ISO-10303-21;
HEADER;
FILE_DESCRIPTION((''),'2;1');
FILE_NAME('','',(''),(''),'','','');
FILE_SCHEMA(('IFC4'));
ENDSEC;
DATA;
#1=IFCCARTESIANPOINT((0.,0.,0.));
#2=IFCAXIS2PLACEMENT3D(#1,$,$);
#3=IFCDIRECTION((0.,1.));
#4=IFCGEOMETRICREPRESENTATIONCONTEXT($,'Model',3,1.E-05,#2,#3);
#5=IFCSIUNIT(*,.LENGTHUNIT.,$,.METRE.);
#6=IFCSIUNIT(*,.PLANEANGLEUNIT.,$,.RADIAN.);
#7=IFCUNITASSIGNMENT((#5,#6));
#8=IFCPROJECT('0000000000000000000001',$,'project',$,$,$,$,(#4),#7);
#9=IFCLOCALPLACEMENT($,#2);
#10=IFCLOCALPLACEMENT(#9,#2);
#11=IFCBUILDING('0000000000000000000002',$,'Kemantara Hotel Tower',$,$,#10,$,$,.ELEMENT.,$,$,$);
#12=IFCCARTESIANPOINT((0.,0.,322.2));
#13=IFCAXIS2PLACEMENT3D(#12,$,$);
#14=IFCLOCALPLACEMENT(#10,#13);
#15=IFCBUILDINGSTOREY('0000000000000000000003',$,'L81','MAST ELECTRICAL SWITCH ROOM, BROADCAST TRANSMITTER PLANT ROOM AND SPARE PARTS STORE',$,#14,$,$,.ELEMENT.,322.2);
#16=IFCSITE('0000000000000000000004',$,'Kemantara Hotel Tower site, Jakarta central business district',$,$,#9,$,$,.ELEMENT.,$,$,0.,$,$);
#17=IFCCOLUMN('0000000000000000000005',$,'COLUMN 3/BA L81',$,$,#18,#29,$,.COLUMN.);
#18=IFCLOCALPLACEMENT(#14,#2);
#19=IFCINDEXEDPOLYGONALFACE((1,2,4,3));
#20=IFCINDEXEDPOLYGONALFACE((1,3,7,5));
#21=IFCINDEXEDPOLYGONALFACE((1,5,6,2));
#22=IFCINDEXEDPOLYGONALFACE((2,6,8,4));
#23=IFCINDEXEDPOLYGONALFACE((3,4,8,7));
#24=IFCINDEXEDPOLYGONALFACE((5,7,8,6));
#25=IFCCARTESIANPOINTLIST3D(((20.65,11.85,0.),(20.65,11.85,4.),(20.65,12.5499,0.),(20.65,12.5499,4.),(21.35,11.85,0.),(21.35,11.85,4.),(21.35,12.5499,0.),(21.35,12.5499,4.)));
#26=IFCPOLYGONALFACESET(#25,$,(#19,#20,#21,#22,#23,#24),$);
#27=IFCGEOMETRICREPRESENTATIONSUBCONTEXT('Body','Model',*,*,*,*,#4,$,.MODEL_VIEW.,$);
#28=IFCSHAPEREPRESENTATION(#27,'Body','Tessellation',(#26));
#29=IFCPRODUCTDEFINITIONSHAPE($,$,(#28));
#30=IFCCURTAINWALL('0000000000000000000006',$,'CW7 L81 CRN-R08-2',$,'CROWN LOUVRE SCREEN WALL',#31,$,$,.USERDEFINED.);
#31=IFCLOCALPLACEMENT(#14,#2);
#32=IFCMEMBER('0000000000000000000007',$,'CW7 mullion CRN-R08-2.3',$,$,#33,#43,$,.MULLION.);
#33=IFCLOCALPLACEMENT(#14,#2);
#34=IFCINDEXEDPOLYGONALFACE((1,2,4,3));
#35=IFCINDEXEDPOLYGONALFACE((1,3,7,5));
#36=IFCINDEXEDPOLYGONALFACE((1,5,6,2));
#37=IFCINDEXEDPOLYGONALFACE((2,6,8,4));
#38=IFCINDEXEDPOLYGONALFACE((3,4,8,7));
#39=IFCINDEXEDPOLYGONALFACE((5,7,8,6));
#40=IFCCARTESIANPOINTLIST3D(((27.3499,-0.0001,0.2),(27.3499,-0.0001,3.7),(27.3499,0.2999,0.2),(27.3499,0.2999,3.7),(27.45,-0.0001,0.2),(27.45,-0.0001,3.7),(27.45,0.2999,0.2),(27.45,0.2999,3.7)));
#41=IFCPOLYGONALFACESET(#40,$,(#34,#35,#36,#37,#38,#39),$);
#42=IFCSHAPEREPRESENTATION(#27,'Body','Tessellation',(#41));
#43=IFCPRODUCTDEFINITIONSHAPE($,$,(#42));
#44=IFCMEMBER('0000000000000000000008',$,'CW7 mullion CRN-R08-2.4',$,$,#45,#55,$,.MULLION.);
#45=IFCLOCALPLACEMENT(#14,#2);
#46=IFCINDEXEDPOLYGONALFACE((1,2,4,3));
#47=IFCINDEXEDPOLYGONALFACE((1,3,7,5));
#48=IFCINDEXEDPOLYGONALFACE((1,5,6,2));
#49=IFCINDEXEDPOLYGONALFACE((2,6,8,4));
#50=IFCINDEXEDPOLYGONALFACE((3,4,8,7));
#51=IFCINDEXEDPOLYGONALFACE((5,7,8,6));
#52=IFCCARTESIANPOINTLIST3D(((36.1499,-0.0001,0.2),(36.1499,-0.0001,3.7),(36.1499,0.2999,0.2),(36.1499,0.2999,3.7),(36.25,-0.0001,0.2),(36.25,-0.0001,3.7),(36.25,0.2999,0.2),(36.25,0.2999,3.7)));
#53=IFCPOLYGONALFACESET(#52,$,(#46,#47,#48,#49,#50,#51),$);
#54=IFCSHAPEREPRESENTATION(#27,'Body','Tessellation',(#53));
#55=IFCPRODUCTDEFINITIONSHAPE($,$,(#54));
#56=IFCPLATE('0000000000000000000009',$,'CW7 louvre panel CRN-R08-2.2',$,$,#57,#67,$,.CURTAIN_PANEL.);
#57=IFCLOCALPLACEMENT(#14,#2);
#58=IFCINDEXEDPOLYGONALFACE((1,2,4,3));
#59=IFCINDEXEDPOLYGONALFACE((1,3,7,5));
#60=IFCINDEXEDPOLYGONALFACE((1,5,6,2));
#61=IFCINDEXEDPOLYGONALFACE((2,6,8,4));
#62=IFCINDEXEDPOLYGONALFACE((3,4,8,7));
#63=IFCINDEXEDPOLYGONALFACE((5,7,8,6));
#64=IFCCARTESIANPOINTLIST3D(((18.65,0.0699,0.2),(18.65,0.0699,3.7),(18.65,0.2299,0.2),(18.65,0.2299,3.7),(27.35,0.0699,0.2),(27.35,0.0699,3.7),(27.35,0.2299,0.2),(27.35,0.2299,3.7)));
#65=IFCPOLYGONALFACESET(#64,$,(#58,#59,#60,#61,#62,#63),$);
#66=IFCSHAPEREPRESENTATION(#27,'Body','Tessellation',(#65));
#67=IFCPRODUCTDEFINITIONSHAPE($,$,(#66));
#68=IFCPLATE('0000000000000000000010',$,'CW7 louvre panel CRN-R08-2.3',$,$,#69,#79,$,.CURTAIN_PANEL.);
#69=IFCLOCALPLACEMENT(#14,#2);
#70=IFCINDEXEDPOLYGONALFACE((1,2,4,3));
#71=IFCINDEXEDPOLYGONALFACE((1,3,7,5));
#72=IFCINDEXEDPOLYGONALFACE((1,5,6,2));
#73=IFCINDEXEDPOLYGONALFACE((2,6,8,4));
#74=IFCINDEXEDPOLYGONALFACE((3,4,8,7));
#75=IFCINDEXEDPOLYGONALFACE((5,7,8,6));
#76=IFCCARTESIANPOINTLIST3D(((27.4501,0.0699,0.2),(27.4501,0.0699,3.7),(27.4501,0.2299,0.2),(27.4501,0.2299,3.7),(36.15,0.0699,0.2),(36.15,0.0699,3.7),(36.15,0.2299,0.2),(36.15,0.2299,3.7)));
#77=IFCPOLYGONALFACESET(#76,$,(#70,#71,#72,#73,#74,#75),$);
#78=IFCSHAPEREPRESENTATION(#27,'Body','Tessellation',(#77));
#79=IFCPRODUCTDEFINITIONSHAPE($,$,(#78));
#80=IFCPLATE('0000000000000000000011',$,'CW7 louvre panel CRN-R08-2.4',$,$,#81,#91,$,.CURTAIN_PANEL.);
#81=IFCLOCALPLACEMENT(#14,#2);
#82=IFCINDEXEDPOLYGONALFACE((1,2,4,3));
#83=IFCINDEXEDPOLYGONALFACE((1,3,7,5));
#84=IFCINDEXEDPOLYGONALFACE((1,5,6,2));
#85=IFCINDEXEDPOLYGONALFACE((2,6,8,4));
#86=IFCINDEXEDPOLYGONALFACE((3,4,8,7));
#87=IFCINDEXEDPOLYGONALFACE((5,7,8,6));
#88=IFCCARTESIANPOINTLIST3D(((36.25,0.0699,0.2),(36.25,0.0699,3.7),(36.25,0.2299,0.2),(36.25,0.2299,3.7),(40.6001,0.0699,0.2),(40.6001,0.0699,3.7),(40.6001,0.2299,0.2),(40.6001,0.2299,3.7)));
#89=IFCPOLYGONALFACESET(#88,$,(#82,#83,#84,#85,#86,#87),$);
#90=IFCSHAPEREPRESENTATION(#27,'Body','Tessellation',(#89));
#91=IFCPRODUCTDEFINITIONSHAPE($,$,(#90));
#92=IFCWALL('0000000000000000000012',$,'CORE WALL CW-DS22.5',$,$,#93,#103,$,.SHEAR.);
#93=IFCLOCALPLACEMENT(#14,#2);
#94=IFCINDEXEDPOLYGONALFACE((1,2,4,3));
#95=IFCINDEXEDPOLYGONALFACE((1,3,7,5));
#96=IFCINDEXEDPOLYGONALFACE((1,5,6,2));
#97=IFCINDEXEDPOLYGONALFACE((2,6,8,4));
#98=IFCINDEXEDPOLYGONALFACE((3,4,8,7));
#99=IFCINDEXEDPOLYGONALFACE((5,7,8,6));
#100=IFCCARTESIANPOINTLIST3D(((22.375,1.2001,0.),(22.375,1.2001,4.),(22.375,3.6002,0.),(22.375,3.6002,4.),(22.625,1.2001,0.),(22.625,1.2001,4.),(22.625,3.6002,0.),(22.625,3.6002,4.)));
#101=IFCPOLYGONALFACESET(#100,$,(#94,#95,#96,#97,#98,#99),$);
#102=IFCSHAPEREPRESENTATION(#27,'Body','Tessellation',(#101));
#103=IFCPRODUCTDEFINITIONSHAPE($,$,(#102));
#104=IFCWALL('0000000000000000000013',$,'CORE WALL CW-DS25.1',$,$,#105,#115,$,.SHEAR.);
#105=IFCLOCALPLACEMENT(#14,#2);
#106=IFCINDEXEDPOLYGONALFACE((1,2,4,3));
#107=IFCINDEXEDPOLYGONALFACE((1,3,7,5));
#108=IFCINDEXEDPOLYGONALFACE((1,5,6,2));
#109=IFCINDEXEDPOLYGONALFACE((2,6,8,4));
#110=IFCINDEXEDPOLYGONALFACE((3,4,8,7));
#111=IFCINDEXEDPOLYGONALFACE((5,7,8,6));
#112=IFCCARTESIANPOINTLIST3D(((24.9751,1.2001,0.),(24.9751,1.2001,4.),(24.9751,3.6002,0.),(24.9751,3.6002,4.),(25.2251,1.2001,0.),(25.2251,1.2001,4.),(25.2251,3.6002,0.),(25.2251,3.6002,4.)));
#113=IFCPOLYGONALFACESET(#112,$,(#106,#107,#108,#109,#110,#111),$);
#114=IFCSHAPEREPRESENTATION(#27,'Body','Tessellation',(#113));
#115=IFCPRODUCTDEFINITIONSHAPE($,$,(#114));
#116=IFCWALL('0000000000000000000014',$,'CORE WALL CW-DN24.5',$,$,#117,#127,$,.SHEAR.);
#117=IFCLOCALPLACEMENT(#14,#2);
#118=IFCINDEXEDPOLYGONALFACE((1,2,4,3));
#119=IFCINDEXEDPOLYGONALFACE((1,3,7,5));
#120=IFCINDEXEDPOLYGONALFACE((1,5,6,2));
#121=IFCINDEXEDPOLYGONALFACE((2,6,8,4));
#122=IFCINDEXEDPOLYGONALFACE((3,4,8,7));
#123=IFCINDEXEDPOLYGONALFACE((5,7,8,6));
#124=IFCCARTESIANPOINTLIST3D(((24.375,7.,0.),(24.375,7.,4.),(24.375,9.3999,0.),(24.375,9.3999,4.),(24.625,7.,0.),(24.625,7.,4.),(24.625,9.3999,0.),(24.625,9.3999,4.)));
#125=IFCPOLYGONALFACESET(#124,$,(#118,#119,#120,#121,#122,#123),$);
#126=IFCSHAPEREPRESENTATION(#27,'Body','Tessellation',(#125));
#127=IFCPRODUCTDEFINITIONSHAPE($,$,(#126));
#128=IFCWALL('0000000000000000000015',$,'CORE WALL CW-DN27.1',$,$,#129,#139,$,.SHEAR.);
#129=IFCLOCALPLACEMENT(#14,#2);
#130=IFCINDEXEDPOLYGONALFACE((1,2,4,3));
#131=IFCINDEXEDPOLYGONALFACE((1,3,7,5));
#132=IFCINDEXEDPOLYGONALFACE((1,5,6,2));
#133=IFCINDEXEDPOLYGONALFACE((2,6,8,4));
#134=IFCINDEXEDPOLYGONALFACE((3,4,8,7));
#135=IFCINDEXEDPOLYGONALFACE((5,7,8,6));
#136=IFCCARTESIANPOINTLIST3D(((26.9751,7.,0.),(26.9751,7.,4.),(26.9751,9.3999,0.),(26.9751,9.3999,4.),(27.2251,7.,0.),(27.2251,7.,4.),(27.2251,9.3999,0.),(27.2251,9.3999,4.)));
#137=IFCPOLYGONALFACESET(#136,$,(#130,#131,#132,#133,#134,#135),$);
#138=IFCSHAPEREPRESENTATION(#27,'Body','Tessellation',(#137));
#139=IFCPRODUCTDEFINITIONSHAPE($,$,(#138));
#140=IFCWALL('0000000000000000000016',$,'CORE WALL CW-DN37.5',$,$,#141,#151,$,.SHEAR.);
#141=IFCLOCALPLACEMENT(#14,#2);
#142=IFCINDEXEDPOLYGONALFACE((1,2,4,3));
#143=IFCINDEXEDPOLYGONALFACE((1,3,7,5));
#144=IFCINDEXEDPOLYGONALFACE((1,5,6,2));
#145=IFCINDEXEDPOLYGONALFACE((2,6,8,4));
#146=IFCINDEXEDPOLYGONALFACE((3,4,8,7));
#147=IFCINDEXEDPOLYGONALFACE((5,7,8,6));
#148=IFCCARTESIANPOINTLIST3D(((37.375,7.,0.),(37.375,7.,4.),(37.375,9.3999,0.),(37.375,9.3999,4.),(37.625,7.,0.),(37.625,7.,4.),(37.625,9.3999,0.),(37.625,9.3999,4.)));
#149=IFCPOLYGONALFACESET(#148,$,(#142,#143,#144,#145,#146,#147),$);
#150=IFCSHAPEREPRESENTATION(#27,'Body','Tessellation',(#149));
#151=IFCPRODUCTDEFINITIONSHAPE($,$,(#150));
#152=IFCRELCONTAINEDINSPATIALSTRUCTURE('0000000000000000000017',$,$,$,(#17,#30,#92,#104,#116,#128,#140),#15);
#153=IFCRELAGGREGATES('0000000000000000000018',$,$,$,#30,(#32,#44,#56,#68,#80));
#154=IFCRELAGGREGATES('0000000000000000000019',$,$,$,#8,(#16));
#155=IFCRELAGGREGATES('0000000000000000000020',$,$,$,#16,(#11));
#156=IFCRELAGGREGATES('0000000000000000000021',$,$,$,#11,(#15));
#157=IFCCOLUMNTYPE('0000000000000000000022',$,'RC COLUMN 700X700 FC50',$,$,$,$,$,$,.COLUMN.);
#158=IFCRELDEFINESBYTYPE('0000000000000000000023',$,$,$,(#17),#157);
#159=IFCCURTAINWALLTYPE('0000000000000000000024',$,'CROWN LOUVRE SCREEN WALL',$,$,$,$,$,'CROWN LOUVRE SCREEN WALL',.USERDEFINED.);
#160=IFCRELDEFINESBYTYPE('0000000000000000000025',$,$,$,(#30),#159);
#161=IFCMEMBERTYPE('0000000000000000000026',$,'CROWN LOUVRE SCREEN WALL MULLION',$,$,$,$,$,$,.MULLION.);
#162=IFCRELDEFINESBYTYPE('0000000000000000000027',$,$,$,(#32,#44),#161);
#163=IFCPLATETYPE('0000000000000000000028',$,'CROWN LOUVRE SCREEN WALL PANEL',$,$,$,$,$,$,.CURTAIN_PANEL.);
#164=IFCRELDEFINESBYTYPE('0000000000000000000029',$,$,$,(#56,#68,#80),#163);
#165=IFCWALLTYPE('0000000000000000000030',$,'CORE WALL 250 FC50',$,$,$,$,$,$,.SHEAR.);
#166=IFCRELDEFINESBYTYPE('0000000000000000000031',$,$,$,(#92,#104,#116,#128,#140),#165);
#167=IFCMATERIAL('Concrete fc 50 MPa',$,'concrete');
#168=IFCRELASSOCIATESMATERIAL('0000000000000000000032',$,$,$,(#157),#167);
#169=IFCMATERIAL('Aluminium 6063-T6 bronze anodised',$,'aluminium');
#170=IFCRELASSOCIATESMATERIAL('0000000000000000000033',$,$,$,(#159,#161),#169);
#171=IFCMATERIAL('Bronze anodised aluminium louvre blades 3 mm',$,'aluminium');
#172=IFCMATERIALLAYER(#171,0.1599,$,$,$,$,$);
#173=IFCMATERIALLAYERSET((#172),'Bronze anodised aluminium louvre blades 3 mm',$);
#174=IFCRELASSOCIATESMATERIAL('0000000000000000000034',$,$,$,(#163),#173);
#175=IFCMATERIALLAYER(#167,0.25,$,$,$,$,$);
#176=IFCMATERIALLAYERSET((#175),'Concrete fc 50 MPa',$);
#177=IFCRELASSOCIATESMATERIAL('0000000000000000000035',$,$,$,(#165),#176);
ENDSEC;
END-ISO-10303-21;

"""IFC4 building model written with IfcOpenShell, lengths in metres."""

from ifc_helpers import new_model, si_unit, direction, frame, frame_2d, origin, origin_2d, place, context, subcontext, project, spatial, rectangle, extrude, source, transform, mapped, material, layer, layer_set, material_profile, profile_set, type_object, element, aggregate, save


model = new_model("IFC4")

# Units and contexts
model_context = context("Model", 3, precision=1e-05, world=origin(), true_north=direction((0.0, 1.0)))
body_context = subcontext(model_context, "Body", "Model", "MODEL_VIEW")
ifc_project = project(units=[si_unit("LENGTHUNIT", "METRE"), si_unit("PLANEANGLEUNIT", "RADIAN")], contexts=[model_context])

# Site, building, storey
site_placement = place(None, origin())
site = spatial("IfcSite", under=ifc_project, at=site_placement, Name="Kemantara Hotel Tower site, Jakarta central business district", CompositionType="ELEMENT", RefElevation=0.0)
building_placement = place(site_placement, origin())
building = spatial("IfcBuilding", under=site, at=building_placement, Name="Kemantara Hotel Tower", CompositionType="ELEMENT")
storey_placement = place(building_placement, frame((0.0, 0.0, 322.2)))
storey = spatial("IfcBuildingStorey", under=building, at=storey_placement, Name="L81", Description="MAST ELECTRICAL SWITCH ROOM, BROADCAST TRANSMITTER PLANT ROOM AND SPARE PARTS STORE", CompositionType="ELEMENT", Elevation=322.2)

# Column
ifc_material_1 = material(Name="Concrete fc 50 MPa", Category="concrete")
ifc_material_profile_1 = material_profile(ifc_material_1, rectangle(XDim=0.7, YDim=0.7, at=origin_2d()), Name="RC 700X700")
ifc_profile_set_1 = profile_set([ifc_material_profile_1], Name="Concrete fc 50 MPa")
column_type = type_object("IfcColumnType", Name="RC COLUMN 700X700 FC50", PredefinedType="COLUMN", material=ifc_profile_set_1)
column_placement = place(storey_placement, frame((21.0, 12.2, 0.0), z_axis=(0.0, 0.0, 1.0), x_axis=(1.0, 0.0, 0.0)))
element("IfcColumn", 1, at=column_placement, inside=storey, type_object=column_type, Name="COLUMN 3/BA L81", PredefinedType="COLUMN", context=body_context, shape_type="SweptSolid", body=[
    extrude(rectangle(XDim=0.7, YDim=0.7, at=origin_2d()), origin(), (0.0, 0.0, 1.0), 4.0),
])

# Curtain wall, members, plates
ifc_material_2 = material(Name="Aluminium 6063-T6 bronze anodised", Category="aluminium")
curtain_wall_type = type_object("IfcCurtainWallType", Name="CROWN LOUVRE SCREEN WALL", ElementType="CROWN LOUVRE SCREEN WALL", PredefinedType="USERDEFINED", material=ifc_material_2)
curtain_wall_placement = place(storey_placement, origin())
curtain_wall = element("IfcCurtainWall", 2, at=curtain_wall_placement, inside=storey, type_object=curtain_wall_type, Name="CW7 L81 CRN-R08-2", ObjectType="CROWN LOUVRE SCREEN WALL", PredefinedType="USERDEFINED")
ifc_material_profile_2 = material_profile(ifc_material_2, rectangle(XDim=0.3, YDim=0.1001, at=origin_2d()), Name="CROWN LOUVRE SCREEN WALL MULLION")
ifc_profile_set_2 = profile_set([ifc_material_profile_2], Name="Aluminium 6063-T6 bronze anodised")
member_type = type_object("IfcMemberType", Name="CROWN LOUVRE SCREEN WALL MULLION", PredefinedType="MULLION", material=ifc_profile_set_2)
shared_shape_1 = source(origin(), body_context, "Body", "SweptSolid", [
    extrude(rectangle(XDim=0.3, YDim=0.1001, at=origin_2d()), origin(), (0.0, 0.0, 1.0), 3.5),
])
member_1_placement = place(storey_placement, frame((27.3999, 0.1499, 0.2), z_axis=(0.0, 0.0, 1.0), x_axis=(0.0, 1.0, 0.0)))
member_1 = element("IfcMember", 3, at=member_1_placement, type_object=member_type, Name="CW7 mullion CRN-R08-2.3", PredefinedType="MULLION", context=body_context, shape_type="MappedRepresentation", body=[
    mapped(shared_shape_1, transform((0.0, 0.0, 0.0))),
])
member_2_placement = place(storey_placement, frame((36.2, 0.1499, 0.2), z_axis=(0.0, 0.0, 1.0), x_axis=(0.0, 1.0, 0.0)))
member_2 = element("IfcMember", 4, at=member_2_placement, type_object=member_type, Name="CW7 mullion CRN-R08-2.4", PredefinedType="MULLION", context=body_context, shape_type="MappedRepresentation", body=[
    mapped(shared_shape_1, transform((0.0, 0.0, 0.0))),
])
ifc_material_3 = material(Name="Bronze anodised aluminium louvre blades 3 mm", Category="aluminium")
ifc_layer_1 = layer(ifc_material_3, 0.1599)
ifc_layer_set_1 = layer_set([ifc_layer_1], Name="Bronze anodised aluminium louvre blades 3 mm")
plate_type = type_object("IfcPlateType", Name="CROWN LOUVRE SCREEN WALL PANEL", PredefinedType="CURTAIN_PANEL", material=ifc_layer_set_1)
shared_shape_2 = source(origin(), body_context, "Body", "SweptSolid", [
    extrude(rectangle(XDim=8.7, YDim=0.1599, at=origin_2d()), origin(), (0.0, 0.0, 1.0), 3.5),
])
plate_1_placement = place(storey_placement, frame((23.0, 0.1499, 0.2), z_axis=(0.0, 0.0, 1.0), x_axis=(1.0, 0.0, 0.0)))
plate_1 = element("IfcPlate", 5, at=plate_1_placement, type_object=plate_type, Name="CW7 louvre panel CRN-R08-2.2", PredefinedType="CURTAIN_PANEL", context=body_context, shape_type="MappedRepresentation", body=[
    mapped(shared_shape_2, transform((0.0, 0.0, 0.0))),
])
plate_2_placement = place(storey_placement, frame((31.8, 0.1499, 0.2), z_axis=(0.0, 0.0, 1.0), x_axis=(1.0, 0.0, 0.0)))
plate_2 = element("IfcPlate", 6, at=plate_2_placement, type_object=plate_type, Name="CW7 louvre panel CRN-R08-2.3", PredefinedType="CURTAIN_PANEL", context=body_context, shape_type="MappedRepresentation", body=[
    mapped(shared_shape_2, transform((0.0, 0.0, 0.0))),
])
shared_shape_3 = source(origin(), body_context, "Body", "SweptSolid", [
    extrude(rectangle(XDim=4.3501, YDim=0.1599, at=origin_2d()), origin(), (0.0, 0.0, 1.0), 3.5),
])
plate_3_placement = place(storey_placement, frame((38.425, 0.1499, 0.2), z_axis=(0.0, 0.0, 1.0), x_axis=(1.0, 0.0, 0.0)))
plate_3 = element("IfcPlate", 7, at=plate_3_placement, type_object=plate_type, Name="CW7 louvre panel CRN-R08-2.4", PredefinedType="CURTAIN_PANEL", context=body_context, shape_type="MappedRepresentation", body=[
    mapped(shared_shape_3, transform((0.0, 0.0, 0.0))),
])
aggregate(curtain_wall, [member_1, member_2, plate_1, plate_2, plate_3])

# Walls
ifc_layer_2 = layer(ifc_material_1, 0.25)
ifc_layer_set_2 = layer_set([ifc_layer_2], Name="Concrete fc 50 MPa")
wall_type_1 = type_object("IfcWallType", Name="CORE WALL 250 FC50", PredefinedType="SHEAR", material=ifc_layer_set_2)
for number, where, z_axis, x_axis, name in (
    (8, (22.5, 1.2, 0.0), (0.0, 0.0, 1.0), (0.0, 1.0, 0.0), "CORE WALL CW-DS22.5"),
    (9, (25.1001, 1.2, 0.0), (0.0, 0.0, 1.0), (0.0, 1.0, 0.0), "CORE WALL CW-DS25.1"),
):
    element("IfcWall", number, at=place(storey_placement, frame(where, z_axis=z_axis, x_axis=x_axis)), inside=storey, type_object=wall_type_1, Name=name, PredefinedType="SHEAR", context=body_context, shape_type="SweptSolid", body=[
        extrude(rectangle(XDim=2.4001, YDim=0.25, at=frame_2d((1.2002, 0.0))), origin(), (0.0, 0.0, 1.0), 4.0),
    ])
for number, where, z_axis, x_axis, name in (
    (10, (24.5, 7.0, 0.0), (0.0, 0.0, 1.0), (0.0, 1.0, 0.0), "CORE WALL CW-DN24.5"),
    (11, (27.1001, 7.0, 0.0), (0.0, 0.0, 1.0), (0.0, 1.0, 0.0), "CORE WALL CW-DN27.1"),
    (12, (37.5, 7.0, 0.0), (0.0, 0.0, 1.0), (0.0, 1.0, 0.0), "CORE WALL CW-DN37.5"),
):
    element("IfcWall", number, at=place(storey_placement, frame(where, z_axis=z_axis, x_axis=x_axis)), inside=storey, type_object=wall_type_1, Name=name, PredefinedType="SHEAR", context=body_context, shape_type="SweptSolid", body=[
        extrude(rectangle(XDim=2.3999, YDim=0.25, at=frame_2d((1.2, 0.0))), origin(), (0.0, 0.0, 1.0), 4.0),
    ])

save(model, "model.ifc")
